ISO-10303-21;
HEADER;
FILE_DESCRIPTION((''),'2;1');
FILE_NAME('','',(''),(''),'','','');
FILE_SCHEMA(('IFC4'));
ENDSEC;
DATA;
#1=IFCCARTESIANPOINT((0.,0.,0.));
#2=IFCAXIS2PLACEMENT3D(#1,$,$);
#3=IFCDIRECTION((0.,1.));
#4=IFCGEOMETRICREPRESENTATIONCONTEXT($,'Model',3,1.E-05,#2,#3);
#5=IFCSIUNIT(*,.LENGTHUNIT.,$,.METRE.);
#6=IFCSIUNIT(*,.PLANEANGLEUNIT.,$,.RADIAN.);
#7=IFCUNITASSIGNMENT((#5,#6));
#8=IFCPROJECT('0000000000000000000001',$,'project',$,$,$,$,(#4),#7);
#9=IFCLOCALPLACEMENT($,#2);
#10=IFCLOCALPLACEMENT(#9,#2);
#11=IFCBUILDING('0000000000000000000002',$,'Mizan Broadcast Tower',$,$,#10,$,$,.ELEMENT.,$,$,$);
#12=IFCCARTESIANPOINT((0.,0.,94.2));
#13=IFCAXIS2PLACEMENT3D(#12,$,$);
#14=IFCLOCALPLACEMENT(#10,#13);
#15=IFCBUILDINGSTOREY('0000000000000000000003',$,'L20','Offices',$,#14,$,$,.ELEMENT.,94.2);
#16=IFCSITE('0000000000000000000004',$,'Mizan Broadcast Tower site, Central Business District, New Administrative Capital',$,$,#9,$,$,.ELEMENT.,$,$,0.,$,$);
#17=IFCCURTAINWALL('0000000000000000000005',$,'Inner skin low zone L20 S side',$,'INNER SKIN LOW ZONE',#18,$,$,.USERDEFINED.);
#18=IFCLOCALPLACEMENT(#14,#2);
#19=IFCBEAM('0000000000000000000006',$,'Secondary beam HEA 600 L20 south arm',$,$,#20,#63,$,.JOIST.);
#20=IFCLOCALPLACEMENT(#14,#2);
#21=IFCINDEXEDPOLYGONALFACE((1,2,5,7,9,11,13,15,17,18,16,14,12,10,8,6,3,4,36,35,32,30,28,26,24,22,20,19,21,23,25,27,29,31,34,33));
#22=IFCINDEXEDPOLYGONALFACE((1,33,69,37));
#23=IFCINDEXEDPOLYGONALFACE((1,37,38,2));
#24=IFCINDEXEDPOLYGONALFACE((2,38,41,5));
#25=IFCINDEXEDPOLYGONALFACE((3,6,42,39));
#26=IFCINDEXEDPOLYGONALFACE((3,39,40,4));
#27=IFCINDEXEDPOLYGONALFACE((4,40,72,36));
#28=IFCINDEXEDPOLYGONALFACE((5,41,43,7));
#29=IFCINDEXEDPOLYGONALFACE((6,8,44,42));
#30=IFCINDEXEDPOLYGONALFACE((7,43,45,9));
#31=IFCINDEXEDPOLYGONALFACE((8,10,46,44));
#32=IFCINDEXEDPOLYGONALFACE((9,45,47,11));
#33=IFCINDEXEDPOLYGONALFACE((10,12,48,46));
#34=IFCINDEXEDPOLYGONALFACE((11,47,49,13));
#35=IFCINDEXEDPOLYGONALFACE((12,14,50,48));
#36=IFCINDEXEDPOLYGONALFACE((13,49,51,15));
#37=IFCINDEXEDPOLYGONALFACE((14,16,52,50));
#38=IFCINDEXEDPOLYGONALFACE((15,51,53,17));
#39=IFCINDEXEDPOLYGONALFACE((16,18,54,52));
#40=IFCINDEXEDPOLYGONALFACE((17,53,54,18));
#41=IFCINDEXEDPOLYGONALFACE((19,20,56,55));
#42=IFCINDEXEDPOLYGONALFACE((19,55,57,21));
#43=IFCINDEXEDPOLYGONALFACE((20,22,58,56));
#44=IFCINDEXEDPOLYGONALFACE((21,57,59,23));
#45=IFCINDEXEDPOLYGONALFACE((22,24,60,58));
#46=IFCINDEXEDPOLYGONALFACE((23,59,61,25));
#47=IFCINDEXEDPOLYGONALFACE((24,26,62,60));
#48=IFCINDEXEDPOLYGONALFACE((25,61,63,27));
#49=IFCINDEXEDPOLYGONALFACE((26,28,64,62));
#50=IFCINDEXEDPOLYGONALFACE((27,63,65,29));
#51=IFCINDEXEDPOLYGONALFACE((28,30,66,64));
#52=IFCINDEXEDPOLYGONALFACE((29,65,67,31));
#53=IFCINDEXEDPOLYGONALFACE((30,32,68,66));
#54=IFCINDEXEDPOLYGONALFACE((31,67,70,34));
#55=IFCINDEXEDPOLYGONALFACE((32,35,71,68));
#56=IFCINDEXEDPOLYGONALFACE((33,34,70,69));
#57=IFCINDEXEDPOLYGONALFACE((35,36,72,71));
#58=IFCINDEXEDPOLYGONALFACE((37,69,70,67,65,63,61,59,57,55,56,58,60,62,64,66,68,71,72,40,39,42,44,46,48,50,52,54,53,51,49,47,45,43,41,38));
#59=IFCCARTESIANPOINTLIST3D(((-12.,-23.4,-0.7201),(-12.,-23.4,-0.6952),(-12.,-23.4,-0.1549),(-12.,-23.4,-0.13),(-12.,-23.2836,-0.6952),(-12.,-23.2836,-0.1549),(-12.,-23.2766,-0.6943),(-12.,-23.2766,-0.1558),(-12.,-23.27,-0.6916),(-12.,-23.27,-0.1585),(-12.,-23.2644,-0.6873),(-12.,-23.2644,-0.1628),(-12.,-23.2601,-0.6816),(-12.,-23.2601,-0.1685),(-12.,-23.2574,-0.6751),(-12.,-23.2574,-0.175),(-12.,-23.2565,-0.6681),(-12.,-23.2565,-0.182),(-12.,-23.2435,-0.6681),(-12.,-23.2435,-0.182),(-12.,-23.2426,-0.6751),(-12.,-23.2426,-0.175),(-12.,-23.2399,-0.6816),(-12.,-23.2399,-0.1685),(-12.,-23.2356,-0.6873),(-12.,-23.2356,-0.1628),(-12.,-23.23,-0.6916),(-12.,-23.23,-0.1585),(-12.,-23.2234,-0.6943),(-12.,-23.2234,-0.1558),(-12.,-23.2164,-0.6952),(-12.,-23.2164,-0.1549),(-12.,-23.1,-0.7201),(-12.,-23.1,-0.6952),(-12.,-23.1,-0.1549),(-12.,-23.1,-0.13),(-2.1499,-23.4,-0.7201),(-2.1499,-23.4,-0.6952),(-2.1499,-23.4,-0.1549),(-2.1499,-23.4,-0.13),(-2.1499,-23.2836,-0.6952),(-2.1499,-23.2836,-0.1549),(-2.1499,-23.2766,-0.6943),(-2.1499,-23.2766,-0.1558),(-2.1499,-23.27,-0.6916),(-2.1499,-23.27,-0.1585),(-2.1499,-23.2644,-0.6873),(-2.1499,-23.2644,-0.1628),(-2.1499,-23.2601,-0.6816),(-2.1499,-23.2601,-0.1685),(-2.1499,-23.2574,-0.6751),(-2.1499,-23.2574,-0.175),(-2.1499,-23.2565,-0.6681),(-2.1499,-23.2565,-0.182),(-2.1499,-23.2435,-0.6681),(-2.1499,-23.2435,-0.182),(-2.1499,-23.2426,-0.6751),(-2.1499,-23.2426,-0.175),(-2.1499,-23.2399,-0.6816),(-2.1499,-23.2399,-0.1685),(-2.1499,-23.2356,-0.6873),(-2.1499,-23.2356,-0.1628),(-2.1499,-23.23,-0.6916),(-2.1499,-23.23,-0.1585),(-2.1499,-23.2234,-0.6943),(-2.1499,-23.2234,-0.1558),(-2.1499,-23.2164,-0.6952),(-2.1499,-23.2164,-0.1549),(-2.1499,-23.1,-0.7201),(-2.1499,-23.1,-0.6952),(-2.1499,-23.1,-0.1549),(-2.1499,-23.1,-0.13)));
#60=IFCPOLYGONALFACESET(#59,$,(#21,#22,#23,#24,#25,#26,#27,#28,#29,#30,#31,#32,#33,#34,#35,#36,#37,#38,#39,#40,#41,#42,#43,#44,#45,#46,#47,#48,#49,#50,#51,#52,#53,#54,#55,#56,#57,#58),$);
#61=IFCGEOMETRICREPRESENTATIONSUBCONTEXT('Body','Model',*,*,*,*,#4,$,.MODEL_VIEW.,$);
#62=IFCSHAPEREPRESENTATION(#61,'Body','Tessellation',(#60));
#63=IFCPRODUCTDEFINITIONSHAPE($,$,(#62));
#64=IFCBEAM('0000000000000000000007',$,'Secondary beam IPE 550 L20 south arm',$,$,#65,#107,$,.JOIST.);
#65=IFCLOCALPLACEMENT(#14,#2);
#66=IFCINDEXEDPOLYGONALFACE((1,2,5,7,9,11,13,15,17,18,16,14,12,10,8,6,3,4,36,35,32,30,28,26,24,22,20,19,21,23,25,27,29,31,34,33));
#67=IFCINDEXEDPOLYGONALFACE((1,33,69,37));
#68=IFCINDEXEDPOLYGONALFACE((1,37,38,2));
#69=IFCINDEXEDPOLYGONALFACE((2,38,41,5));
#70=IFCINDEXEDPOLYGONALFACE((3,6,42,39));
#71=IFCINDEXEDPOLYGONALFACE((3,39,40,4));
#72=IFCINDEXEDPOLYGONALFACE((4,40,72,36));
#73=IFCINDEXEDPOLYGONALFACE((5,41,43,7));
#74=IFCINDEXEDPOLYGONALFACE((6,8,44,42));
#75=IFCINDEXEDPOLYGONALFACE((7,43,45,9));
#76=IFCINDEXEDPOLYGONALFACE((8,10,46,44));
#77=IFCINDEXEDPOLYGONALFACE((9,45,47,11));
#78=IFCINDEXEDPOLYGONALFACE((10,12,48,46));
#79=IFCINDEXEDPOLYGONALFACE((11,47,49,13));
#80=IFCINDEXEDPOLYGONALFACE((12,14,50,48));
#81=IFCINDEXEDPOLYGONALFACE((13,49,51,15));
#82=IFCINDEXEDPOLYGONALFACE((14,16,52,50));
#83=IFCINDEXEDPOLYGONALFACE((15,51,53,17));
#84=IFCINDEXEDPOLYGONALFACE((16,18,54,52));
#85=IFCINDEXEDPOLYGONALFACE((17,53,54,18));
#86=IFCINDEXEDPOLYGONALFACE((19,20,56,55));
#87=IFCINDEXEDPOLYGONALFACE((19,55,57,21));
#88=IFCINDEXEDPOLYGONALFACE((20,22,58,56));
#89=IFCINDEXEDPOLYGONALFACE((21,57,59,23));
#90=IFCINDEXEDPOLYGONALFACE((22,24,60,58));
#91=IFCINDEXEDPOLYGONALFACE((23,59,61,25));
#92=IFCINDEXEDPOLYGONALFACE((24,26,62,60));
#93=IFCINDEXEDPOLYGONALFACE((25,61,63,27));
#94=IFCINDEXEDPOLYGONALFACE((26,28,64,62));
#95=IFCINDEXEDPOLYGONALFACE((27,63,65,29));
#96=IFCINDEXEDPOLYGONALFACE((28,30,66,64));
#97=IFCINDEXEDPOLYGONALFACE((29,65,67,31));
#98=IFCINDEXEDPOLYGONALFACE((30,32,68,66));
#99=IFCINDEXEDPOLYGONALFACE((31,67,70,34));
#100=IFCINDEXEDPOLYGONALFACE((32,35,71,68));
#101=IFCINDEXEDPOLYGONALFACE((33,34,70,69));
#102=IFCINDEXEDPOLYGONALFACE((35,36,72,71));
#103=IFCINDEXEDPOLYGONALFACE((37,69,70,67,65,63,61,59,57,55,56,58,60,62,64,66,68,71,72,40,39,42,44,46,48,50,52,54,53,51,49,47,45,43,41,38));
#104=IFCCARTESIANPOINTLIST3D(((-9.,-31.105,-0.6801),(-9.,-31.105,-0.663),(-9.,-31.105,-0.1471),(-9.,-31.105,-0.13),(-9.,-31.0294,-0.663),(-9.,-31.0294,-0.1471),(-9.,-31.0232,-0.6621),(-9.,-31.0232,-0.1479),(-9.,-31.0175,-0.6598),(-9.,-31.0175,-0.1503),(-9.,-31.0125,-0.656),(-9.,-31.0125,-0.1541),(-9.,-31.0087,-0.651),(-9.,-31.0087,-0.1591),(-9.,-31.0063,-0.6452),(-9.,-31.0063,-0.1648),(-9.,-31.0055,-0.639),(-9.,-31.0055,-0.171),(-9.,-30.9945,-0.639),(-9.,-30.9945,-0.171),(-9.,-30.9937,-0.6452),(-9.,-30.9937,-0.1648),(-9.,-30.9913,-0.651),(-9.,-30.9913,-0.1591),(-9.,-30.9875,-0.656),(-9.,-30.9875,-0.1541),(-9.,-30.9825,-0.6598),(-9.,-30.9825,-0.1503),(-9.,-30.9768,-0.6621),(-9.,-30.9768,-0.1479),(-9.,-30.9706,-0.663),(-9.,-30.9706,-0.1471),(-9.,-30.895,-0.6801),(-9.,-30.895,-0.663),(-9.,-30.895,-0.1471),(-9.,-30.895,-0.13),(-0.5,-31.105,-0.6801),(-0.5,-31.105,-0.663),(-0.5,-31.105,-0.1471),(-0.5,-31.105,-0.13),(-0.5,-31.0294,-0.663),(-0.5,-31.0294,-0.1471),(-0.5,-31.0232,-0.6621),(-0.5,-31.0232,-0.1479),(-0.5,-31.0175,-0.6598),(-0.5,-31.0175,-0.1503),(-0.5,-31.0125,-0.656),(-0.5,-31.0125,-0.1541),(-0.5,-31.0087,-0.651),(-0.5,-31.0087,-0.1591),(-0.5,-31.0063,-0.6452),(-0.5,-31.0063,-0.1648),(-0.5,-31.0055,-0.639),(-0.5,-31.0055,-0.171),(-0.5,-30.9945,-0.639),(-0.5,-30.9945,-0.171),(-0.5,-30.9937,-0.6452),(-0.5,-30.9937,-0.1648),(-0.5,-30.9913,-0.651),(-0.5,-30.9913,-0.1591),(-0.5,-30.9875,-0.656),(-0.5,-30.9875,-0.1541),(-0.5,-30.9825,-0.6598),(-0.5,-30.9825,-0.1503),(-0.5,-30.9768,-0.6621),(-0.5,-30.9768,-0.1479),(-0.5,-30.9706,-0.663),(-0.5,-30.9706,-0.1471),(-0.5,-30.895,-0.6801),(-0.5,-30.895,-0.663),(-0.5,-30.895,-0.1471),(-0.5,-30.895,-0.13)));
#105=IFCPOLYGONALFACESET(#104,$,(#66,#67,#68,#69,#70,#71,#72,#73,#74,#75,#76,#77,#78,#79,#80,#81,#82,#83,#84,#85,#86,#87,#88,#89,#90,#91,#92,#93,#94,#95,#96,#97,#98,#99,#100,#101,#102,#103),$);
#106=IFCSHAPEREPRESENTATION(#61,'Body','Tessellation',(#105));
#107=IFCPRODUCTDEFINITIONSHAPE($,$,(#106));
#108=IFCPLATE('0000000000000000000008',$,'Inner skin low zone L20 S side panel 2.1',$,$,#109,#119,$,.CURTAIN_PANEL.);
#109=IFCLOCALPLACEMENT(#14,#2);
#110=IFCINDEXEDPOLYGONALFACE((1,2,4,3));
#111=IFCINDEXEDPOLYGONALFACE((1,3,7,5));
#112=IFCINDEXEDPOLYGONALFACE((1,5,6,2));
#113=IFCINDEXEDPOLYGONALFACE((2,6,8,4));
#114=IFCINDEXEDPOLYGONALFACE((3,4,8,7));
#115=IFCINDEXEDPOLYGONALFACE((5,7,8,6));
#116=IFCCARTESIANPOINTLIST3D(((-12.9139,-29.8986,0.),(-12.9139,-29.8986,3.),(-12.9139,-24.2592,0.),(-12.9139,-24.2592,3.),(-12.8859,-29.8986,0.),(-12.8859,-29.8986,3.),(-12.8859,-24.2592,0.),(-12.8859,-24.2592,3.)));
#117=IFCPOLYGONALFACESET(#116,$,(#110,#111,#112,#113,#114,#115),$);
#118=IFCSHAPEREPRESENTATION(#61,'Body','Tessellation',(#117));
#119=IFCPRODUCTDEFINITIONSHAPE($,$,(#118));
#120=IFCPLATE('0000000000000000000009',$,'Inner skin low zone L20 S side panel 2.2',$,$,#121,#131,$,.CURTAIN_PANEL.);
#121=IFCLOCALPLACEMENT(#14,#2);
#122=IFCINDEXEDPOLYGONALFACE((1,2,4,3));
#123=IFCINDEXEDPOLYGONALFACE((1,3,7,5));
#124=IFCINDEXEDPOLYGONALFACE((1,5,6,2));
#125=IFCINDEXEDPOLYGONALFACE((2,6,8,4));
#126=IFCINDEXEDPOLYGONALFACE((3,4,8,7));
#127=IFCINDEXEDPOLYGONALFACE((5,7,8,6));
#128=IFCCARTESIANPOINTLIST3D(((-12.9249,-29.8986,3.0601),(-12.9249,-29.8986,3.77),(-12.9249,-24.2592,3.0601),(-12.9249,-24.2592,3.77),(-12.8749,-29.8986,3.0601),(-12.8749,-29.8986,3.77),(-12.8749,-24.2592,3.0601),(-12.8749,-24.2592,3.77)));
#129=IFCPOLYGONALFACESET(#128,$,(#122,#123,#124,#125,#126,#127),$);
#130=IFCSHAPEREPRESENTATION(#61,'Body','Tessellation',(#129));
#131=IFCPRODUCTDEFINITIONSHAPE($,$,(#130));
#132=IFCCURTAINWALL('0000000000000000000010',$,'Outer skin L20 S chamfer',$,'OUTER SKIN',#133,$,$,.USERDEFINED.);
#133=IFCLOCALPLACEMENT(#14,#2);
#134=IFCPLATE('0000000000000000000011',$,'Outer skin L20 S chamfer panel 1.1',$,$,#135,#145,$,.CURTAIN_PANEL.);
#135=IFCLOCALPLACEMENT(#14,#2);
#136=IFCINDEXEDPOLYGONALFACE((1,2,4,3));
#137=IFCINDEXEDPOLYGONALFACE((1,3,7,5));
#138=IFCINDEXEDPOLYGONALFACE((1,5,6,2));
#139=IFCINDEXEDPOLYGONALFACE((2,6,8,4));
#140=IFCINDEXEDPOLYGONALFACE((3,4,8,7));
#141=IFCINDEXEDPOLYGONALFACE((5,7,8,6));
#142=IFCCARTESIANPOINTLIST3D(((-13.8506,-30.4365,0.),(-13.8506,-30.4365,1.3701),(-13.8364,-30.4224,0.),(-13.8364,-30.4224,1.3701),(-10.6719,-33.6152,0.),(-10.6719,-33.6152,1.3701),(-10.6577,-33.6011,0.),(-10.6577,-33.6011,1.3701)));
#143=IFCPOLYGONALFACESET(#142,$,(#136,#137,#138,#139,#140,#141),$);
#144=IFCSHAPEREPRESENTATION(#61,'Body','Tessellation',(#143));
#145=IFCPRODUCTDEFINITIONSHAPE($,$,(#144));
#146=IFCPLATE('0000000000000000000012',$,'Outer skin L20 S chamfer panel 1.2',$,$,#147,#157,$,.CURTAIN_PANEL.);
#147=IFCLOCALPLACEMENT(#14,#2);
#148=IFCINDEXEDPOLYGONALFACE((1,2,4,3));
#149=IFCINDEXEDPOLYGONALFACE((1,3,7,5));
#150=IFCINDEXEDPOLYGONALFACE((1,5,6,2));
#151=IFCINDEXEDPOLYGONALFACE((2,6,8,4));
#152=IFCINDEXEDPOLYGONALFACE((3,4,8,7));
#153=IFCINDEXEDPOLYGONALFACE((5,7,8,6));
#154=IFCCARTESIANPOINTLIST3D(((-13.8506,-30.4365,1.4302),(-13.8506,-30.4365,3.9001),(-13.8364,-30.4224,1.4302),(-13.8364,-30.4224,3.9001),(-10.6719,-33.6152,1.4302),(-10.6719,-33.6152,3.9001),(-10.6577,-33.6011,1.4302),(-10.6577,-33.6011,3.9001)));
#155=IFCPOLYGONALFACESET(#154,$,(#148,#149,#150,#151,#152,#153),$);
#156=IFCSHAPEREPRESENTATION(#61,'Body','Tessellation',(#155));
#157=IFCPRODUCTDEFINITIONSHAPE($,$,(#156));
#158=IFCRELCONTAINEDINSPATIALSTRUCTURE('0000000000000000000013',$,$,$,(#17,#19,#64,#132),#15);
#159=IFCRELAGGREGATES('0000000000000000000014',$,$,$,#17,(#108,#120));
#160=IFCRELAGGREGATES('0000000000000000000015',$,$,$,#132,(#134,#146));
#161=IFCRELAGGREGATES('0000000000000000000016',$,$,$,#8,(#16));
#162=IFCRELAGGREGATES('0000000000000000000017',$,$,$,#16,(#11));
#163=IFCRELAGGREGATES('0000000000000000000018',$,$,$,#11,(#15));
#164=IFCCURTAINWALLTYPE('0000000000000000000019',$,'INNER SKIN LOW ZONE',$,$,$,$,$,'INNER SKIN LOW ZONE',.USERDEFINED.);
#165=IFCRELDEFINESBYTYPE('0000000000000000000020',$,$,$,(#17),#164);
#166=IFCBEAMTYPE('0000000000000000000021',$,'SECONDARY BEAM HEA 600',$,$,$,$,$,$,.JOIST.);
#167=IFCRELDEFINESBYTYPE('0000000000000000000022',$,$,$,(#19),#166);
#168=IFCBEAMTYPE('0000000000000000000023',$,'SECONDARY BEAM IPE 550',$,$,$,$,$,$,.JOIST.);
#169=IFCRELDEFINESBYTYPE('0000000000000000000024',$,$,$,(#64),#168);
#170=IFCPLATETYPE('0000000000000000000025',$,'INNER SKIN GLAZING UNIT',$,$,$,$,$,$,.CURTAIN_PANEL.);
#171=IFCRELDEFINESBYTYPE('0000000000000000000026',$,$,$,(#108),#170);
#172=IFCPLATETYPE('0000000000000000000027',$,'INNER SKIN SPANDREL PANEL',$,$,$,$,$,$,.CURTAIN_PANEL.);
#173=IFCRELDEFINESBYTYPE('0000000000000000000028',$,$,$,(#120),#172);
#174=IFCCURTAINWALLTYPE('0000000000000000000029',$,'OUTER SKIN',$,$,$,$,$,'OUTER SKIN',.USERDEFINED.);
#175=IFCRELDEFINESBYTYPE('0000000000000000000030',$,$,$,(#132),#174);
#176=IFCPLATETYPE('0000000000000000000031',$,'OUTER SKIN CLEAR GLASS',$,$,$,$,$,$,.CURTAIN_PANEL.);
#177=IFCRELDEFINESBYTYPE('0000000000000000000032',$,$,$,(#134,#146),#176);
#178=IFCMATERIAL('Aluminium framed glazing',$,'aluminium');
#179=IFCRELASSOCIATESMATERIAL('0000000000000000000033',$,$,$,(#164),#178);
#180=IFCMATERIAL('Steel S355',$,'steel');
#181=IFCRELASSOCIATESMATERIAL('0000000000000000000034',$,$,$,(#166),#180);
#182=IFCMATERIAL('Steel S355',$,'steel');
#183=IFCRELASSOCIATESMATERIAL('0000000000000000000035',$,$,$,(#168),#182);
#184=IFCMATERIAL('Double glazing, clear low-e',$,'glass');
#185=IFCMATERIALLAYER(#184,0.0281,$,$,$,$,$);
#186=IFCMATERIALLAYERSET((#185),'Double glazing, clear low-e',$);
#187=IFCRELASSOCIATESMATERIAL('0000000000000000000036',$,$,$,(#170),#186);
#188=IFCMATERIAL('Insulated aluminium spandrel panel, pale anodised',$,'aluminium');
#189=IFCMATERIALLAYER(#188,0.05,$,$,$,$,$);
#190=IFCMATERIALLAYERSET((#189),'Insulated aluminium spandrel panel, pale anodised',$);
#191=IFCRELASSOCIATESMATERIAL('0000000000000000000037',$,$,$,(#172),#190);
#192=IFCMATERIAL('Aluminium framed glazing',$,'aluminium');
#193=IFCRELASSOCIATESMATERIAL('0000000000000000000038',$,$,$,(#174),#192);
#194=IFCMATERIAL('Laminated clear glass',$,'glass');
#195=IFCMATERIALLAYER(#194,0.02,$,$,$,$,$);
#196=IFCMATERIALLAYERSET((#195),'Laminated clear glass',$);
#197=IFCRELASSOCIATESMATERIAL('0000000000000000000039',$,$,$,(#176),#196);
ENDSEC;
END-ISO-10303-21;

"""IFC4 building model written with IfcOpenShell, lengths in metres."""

from ifc_helpers import new_model, si_unit, direction, frame, origin, origin_2d, place, context, subcontext, project, spatial, rectangle, i_section, extrude, material, layer, layer_set, material_profile, profile_set, type_object, element, aggregate, save


model = new_model("IFC4")

# Units and contexts
model_context = context("Model", 3, precision=1e-05, world=origin(), true_north=direction((0.0, 1.0)))
body_context = subcontext(model_context, "Body", "Model", "MODEL_VIEW")
ifc_project = project(units=[si_unit("LENGTHUNIT", "METRE"), si_unit("PLANEANGLEUNIT", "RADIAN")], contexts=[model_context])

# Site, building, storey
site_placement = place(None, origin())
site = spatial("IfcSite", under=ifc_project, at=site_placement, Name="Mizan Broadcast Tower site, Central Business District, New Administrative Capital", CompositionType="ELEMENT", RefElevation=0.0)
building_placement = place(site_placement, origin())
building = spatial("IfcBuilding", under=site, at=building_placement, Name="Mizan Broadcast Tower", CompositionType="ELEMENT")
storey_placement = place(building_placement, frame((0.0, 0.0, 94.2)))
storey = spatial("IfcBuildingStorey", under=building, at=storey_placement, Name="L20", Description="Offices", CompositionType="ELEMENT", Elevation=94.2)

# Curtain wall
ifc_material_1 = material(Name="Aluminium framed glazing", Category="aluminium")
curtain_wall_type_1 = type_object("IfcCurtainWallType", Name="INNER SKIN LOW ZONE", ElementType="INNER SKIN LOW ZONE", PredefinedType="USERDEFINED", material=ifc_material_1)
curtain_wall_1_placement = place(storey_placement, origin())
curtain_wall_1 = element("IfcCurtainWall", 1, at=curtain_wall_1_placement, inside=storey, type_object=curtain_wall_type_1, Name="Inner skin low zone L20 S side", ObjectType="INNER SKIN LOW ZONE", PredefinedType="USERDEFINED")

# Beams
ifc_material_2 = material(Name="Steel S355", Category="steel")
ifc_material_profile_1 = material_profile(ifc_material_2, i_section(OverallWidth=0.3, OverallDepth=0.5901, WebThickness=0.0129, FlangeThickness=0.0249, FilletRadius=0.0271, at=origin_2d()), Name="HEA 600")
ifc_profile_set_1 = profile_set([ifc_material_profile_1], Name="Steel S355")
beam_type_1 = type_object("IfcBeamType", Name="SECONDARY BEAM HEA 600", PredefinedType="JOIST", material=ifc_profile_set_1)
beam_1_placement = place(storey_placement, frame((-12.0, -23.25, -0.425), z_axis=(1.0, 0.0, 0.0), x_axis=(0.0, 1.0, 0.0)))
element("IfcBeam", 2, at=beam_1_placement, inside=storey, type_object=beam_type_1, Name="Secondary beam HEA 600 L20 south arm", PredefinedType="JOIST", context=body_context, shape_type="SweptSolid", body=[
    extrude(i_section(OverallWidth=0.3, OverallDepth=0.5901, WebThickness=0.0129, FlangeThickness=0.0249, FilletRadius=0.0271, at=origin_2d()), origin(), (0.0, 0.0, 1.0), 9.8501),
])
ifc_material_3 = material(Name="Steel S355", Category="steel")
ifc_material_profile_2 = material_profile(ifc_material_3, i_section(OverallWidth=0.21, OverallDepth=0.55, WebThickness=0.011, FlangeThickness=0.0171, FilletRadius=0.0239, at=origin_2d()), Name="IPE 550")
ifc_profile_set_2 = profile_set([ifc_material_profile_2], Name="Steel S355")
beam_type_2 = type_object("IfcBeamType", Name="SECONDARY BEAM IPE 550", PredefinedType="JOIST", material=ifc_profile_set_2)
beam_2_placement = place(storey_placement, frame((-9.0, -31.0, -0.405), z_axis=(1.0, 0.0, 0.0), x_axis=(0.0, 1.0, 0.0)))
element("IfcBeam", 3, at=beam_2_placement, inside=storey, type_object=beam_type_2, Name="Secondary beam IPE 550 L20 south arm", PredefinedType="JOIST", context=body_context, shape_type="SweptSolid", body=[
    extrude(i_section(OverallWidth=0.21, OverallDepth=0.55, WebThickness=0.011, FlangeThickness=0.0171, FilletRadius=0.0239, at=origin_2d()), origin(), (0.0, 0.0, 1.0), 8.5),
])

# Plates
ifc_material_4 = material(Name="Double glazing, clear low-e", Category="glass")
ifc_layer_1 = layer(ifc_material_4, 0.0281)
ifc_layer_set_1 = layer_set([ifc_layer_1], Name="Double glazing, clear low-e")
plate_type_1 = type_object("IfcPlateType", Name="INNER SKIN GLAZING UNIT", PredefinedType="CURTAIN_PANEL", material=ifc_layer_set_1)
plate_1_placement = place(storey_placement, frame((-12.8999, -27.0789, 0.0), z_axis=(0.0, 0.0, 1.0), x_axis=(0.0, -1.0, 0.0)))
plate_1 = element("IfcPlate", 4, at=plate_1_placement, type_object=plate_type_1, Name="Inner skin low zone L20 S side panel 2.1", PredefinedType="CURTAIN_PANEL", context=body_context, shape_type="SweptSolid", body=[
    extrude(rectangle(XDim=5.6394, YDim=0.0281, at=origin_2d()), origin(), (0.0, 0.0, 1.0), 3.0),
])
ifc_material_5 = material(Name="Insulated aluminium spandrel panel, pale anodised", Category="aluminium")
ifc_layer_2 = layer(ifc_material_5, 0.05)
ifc_layer_set_2 = layer_set([ifc_layer_2], Name="Insulated aluminium spandrel panel, pale anodised")
plate_type_2 = type_object("IfcPlateType", Name="INNER SKIN SPANDREL PANEL", PredefinedType="CURTAIN_PANEL", material=ifc_layer_set_2)
plate_2_placement = place(storey_placement, frame((-12.8999, -27.0789, 3.0601), z_axis=(0.0, 0.0, 1.0), x_axis=(0.0, -1.0, 0.0)))
plate_2 = element("IfcPlate", 5, at=plate_2_placement, type_object=plate_type_2, Name="Inner skin low zone L20 S side panel 2.2", PredefinedType="CURTAIN_PANEL", context=body_context, shape_type="SweptSolid", body=[
    extrude(rectangle(XDim=5.6394, YDim=0.05, at=origin_2d()), origin(), (0.0, 0.0, 1.0), 0.71),
])
aggregate(curtain_wall_1, [plate_1, plate_2])

# Curtain wall, plates
ifc_material_6 = material(Name="Aluminium framed glazing", Category="aluminium")
curtain_wall_type_2 = type_object("IfcCurtainWallType", Name="OUTER SKIN", ElementType="OUTER SKIN", PredefinedType="USERDEFINED", material=ifc_material_6)
curtain_wall_2_placement = place(storey_placement, origin())
curtain_wall_2 = element("IfcCurtainWall", 6, at=curtain_wall_2_placement, inside=storey, type_object=curtain_wall_type_2, Name="Outer skin L20 S chamfer", ObjectType="OUTER SKIN", PredefinedType="USERDEFINED")
ifc_material_7 = material(Name="Laminated clear glass", Category="glass")
ifc_layer_3 = layer(ifc_material_7, 0.02)
ifc_layer_set_3 = layer_set([ifc_layer_3], Name="Laminated clear glass")
plate_type_3 = type_object("IfcPlateType", Name="OUTER SKIN CLEAR GLASS", PredefinedType="CURTAIN_PANEL", material=ifc_layer_set_3)
plate_3_placement = place(storey_placement, frame((-12.2542, -32.0188, 0.0), z_axis=(0.0, 0.0, 1.0), x_axis=(0.707107, -0.707107, 0.0)))
plate_3 = element("IfcPlate", 7, at=plate_3_placement, type_object=plate_type_3, Name="Outer skin L20 S chamfer panel 1.1", PredefinedType="CURTAIN_PANEL", context=body_context, shape_type="SweptSolid", body=[
    extrude(rectangle(XDim=4.4954, YDim=0.02, at=origin_2d()), origin(), (0.0, 0.0, 1.0), 1.3701),
])
plate_4_placement = place(storey_placement, frame((-12.2542, -32.0188, 1.4302), z_axis=(0.0, 0.0, 1.0), x_axis=(0.707107, -0.707107, 0.0)))
plate_4 = element("IfcPlate", 8, at=plate_4_placement, type_object=plate_type_3, Name="Outer skin L20 S chamfer panel 1.2", PredefinedType="CURTAIN_PANEL", context=body_context, shape_type="SweptSolid", body=[
    extrude(rectangle(XDim=4.4954, YDim=0.02, at=origin_2d()), origin(), (0.0, 0.0, 1.0), 2.47),
])
aggregate(curtain_wall_2, [plate_3, plate_4])

save(model, "model.ifc")
